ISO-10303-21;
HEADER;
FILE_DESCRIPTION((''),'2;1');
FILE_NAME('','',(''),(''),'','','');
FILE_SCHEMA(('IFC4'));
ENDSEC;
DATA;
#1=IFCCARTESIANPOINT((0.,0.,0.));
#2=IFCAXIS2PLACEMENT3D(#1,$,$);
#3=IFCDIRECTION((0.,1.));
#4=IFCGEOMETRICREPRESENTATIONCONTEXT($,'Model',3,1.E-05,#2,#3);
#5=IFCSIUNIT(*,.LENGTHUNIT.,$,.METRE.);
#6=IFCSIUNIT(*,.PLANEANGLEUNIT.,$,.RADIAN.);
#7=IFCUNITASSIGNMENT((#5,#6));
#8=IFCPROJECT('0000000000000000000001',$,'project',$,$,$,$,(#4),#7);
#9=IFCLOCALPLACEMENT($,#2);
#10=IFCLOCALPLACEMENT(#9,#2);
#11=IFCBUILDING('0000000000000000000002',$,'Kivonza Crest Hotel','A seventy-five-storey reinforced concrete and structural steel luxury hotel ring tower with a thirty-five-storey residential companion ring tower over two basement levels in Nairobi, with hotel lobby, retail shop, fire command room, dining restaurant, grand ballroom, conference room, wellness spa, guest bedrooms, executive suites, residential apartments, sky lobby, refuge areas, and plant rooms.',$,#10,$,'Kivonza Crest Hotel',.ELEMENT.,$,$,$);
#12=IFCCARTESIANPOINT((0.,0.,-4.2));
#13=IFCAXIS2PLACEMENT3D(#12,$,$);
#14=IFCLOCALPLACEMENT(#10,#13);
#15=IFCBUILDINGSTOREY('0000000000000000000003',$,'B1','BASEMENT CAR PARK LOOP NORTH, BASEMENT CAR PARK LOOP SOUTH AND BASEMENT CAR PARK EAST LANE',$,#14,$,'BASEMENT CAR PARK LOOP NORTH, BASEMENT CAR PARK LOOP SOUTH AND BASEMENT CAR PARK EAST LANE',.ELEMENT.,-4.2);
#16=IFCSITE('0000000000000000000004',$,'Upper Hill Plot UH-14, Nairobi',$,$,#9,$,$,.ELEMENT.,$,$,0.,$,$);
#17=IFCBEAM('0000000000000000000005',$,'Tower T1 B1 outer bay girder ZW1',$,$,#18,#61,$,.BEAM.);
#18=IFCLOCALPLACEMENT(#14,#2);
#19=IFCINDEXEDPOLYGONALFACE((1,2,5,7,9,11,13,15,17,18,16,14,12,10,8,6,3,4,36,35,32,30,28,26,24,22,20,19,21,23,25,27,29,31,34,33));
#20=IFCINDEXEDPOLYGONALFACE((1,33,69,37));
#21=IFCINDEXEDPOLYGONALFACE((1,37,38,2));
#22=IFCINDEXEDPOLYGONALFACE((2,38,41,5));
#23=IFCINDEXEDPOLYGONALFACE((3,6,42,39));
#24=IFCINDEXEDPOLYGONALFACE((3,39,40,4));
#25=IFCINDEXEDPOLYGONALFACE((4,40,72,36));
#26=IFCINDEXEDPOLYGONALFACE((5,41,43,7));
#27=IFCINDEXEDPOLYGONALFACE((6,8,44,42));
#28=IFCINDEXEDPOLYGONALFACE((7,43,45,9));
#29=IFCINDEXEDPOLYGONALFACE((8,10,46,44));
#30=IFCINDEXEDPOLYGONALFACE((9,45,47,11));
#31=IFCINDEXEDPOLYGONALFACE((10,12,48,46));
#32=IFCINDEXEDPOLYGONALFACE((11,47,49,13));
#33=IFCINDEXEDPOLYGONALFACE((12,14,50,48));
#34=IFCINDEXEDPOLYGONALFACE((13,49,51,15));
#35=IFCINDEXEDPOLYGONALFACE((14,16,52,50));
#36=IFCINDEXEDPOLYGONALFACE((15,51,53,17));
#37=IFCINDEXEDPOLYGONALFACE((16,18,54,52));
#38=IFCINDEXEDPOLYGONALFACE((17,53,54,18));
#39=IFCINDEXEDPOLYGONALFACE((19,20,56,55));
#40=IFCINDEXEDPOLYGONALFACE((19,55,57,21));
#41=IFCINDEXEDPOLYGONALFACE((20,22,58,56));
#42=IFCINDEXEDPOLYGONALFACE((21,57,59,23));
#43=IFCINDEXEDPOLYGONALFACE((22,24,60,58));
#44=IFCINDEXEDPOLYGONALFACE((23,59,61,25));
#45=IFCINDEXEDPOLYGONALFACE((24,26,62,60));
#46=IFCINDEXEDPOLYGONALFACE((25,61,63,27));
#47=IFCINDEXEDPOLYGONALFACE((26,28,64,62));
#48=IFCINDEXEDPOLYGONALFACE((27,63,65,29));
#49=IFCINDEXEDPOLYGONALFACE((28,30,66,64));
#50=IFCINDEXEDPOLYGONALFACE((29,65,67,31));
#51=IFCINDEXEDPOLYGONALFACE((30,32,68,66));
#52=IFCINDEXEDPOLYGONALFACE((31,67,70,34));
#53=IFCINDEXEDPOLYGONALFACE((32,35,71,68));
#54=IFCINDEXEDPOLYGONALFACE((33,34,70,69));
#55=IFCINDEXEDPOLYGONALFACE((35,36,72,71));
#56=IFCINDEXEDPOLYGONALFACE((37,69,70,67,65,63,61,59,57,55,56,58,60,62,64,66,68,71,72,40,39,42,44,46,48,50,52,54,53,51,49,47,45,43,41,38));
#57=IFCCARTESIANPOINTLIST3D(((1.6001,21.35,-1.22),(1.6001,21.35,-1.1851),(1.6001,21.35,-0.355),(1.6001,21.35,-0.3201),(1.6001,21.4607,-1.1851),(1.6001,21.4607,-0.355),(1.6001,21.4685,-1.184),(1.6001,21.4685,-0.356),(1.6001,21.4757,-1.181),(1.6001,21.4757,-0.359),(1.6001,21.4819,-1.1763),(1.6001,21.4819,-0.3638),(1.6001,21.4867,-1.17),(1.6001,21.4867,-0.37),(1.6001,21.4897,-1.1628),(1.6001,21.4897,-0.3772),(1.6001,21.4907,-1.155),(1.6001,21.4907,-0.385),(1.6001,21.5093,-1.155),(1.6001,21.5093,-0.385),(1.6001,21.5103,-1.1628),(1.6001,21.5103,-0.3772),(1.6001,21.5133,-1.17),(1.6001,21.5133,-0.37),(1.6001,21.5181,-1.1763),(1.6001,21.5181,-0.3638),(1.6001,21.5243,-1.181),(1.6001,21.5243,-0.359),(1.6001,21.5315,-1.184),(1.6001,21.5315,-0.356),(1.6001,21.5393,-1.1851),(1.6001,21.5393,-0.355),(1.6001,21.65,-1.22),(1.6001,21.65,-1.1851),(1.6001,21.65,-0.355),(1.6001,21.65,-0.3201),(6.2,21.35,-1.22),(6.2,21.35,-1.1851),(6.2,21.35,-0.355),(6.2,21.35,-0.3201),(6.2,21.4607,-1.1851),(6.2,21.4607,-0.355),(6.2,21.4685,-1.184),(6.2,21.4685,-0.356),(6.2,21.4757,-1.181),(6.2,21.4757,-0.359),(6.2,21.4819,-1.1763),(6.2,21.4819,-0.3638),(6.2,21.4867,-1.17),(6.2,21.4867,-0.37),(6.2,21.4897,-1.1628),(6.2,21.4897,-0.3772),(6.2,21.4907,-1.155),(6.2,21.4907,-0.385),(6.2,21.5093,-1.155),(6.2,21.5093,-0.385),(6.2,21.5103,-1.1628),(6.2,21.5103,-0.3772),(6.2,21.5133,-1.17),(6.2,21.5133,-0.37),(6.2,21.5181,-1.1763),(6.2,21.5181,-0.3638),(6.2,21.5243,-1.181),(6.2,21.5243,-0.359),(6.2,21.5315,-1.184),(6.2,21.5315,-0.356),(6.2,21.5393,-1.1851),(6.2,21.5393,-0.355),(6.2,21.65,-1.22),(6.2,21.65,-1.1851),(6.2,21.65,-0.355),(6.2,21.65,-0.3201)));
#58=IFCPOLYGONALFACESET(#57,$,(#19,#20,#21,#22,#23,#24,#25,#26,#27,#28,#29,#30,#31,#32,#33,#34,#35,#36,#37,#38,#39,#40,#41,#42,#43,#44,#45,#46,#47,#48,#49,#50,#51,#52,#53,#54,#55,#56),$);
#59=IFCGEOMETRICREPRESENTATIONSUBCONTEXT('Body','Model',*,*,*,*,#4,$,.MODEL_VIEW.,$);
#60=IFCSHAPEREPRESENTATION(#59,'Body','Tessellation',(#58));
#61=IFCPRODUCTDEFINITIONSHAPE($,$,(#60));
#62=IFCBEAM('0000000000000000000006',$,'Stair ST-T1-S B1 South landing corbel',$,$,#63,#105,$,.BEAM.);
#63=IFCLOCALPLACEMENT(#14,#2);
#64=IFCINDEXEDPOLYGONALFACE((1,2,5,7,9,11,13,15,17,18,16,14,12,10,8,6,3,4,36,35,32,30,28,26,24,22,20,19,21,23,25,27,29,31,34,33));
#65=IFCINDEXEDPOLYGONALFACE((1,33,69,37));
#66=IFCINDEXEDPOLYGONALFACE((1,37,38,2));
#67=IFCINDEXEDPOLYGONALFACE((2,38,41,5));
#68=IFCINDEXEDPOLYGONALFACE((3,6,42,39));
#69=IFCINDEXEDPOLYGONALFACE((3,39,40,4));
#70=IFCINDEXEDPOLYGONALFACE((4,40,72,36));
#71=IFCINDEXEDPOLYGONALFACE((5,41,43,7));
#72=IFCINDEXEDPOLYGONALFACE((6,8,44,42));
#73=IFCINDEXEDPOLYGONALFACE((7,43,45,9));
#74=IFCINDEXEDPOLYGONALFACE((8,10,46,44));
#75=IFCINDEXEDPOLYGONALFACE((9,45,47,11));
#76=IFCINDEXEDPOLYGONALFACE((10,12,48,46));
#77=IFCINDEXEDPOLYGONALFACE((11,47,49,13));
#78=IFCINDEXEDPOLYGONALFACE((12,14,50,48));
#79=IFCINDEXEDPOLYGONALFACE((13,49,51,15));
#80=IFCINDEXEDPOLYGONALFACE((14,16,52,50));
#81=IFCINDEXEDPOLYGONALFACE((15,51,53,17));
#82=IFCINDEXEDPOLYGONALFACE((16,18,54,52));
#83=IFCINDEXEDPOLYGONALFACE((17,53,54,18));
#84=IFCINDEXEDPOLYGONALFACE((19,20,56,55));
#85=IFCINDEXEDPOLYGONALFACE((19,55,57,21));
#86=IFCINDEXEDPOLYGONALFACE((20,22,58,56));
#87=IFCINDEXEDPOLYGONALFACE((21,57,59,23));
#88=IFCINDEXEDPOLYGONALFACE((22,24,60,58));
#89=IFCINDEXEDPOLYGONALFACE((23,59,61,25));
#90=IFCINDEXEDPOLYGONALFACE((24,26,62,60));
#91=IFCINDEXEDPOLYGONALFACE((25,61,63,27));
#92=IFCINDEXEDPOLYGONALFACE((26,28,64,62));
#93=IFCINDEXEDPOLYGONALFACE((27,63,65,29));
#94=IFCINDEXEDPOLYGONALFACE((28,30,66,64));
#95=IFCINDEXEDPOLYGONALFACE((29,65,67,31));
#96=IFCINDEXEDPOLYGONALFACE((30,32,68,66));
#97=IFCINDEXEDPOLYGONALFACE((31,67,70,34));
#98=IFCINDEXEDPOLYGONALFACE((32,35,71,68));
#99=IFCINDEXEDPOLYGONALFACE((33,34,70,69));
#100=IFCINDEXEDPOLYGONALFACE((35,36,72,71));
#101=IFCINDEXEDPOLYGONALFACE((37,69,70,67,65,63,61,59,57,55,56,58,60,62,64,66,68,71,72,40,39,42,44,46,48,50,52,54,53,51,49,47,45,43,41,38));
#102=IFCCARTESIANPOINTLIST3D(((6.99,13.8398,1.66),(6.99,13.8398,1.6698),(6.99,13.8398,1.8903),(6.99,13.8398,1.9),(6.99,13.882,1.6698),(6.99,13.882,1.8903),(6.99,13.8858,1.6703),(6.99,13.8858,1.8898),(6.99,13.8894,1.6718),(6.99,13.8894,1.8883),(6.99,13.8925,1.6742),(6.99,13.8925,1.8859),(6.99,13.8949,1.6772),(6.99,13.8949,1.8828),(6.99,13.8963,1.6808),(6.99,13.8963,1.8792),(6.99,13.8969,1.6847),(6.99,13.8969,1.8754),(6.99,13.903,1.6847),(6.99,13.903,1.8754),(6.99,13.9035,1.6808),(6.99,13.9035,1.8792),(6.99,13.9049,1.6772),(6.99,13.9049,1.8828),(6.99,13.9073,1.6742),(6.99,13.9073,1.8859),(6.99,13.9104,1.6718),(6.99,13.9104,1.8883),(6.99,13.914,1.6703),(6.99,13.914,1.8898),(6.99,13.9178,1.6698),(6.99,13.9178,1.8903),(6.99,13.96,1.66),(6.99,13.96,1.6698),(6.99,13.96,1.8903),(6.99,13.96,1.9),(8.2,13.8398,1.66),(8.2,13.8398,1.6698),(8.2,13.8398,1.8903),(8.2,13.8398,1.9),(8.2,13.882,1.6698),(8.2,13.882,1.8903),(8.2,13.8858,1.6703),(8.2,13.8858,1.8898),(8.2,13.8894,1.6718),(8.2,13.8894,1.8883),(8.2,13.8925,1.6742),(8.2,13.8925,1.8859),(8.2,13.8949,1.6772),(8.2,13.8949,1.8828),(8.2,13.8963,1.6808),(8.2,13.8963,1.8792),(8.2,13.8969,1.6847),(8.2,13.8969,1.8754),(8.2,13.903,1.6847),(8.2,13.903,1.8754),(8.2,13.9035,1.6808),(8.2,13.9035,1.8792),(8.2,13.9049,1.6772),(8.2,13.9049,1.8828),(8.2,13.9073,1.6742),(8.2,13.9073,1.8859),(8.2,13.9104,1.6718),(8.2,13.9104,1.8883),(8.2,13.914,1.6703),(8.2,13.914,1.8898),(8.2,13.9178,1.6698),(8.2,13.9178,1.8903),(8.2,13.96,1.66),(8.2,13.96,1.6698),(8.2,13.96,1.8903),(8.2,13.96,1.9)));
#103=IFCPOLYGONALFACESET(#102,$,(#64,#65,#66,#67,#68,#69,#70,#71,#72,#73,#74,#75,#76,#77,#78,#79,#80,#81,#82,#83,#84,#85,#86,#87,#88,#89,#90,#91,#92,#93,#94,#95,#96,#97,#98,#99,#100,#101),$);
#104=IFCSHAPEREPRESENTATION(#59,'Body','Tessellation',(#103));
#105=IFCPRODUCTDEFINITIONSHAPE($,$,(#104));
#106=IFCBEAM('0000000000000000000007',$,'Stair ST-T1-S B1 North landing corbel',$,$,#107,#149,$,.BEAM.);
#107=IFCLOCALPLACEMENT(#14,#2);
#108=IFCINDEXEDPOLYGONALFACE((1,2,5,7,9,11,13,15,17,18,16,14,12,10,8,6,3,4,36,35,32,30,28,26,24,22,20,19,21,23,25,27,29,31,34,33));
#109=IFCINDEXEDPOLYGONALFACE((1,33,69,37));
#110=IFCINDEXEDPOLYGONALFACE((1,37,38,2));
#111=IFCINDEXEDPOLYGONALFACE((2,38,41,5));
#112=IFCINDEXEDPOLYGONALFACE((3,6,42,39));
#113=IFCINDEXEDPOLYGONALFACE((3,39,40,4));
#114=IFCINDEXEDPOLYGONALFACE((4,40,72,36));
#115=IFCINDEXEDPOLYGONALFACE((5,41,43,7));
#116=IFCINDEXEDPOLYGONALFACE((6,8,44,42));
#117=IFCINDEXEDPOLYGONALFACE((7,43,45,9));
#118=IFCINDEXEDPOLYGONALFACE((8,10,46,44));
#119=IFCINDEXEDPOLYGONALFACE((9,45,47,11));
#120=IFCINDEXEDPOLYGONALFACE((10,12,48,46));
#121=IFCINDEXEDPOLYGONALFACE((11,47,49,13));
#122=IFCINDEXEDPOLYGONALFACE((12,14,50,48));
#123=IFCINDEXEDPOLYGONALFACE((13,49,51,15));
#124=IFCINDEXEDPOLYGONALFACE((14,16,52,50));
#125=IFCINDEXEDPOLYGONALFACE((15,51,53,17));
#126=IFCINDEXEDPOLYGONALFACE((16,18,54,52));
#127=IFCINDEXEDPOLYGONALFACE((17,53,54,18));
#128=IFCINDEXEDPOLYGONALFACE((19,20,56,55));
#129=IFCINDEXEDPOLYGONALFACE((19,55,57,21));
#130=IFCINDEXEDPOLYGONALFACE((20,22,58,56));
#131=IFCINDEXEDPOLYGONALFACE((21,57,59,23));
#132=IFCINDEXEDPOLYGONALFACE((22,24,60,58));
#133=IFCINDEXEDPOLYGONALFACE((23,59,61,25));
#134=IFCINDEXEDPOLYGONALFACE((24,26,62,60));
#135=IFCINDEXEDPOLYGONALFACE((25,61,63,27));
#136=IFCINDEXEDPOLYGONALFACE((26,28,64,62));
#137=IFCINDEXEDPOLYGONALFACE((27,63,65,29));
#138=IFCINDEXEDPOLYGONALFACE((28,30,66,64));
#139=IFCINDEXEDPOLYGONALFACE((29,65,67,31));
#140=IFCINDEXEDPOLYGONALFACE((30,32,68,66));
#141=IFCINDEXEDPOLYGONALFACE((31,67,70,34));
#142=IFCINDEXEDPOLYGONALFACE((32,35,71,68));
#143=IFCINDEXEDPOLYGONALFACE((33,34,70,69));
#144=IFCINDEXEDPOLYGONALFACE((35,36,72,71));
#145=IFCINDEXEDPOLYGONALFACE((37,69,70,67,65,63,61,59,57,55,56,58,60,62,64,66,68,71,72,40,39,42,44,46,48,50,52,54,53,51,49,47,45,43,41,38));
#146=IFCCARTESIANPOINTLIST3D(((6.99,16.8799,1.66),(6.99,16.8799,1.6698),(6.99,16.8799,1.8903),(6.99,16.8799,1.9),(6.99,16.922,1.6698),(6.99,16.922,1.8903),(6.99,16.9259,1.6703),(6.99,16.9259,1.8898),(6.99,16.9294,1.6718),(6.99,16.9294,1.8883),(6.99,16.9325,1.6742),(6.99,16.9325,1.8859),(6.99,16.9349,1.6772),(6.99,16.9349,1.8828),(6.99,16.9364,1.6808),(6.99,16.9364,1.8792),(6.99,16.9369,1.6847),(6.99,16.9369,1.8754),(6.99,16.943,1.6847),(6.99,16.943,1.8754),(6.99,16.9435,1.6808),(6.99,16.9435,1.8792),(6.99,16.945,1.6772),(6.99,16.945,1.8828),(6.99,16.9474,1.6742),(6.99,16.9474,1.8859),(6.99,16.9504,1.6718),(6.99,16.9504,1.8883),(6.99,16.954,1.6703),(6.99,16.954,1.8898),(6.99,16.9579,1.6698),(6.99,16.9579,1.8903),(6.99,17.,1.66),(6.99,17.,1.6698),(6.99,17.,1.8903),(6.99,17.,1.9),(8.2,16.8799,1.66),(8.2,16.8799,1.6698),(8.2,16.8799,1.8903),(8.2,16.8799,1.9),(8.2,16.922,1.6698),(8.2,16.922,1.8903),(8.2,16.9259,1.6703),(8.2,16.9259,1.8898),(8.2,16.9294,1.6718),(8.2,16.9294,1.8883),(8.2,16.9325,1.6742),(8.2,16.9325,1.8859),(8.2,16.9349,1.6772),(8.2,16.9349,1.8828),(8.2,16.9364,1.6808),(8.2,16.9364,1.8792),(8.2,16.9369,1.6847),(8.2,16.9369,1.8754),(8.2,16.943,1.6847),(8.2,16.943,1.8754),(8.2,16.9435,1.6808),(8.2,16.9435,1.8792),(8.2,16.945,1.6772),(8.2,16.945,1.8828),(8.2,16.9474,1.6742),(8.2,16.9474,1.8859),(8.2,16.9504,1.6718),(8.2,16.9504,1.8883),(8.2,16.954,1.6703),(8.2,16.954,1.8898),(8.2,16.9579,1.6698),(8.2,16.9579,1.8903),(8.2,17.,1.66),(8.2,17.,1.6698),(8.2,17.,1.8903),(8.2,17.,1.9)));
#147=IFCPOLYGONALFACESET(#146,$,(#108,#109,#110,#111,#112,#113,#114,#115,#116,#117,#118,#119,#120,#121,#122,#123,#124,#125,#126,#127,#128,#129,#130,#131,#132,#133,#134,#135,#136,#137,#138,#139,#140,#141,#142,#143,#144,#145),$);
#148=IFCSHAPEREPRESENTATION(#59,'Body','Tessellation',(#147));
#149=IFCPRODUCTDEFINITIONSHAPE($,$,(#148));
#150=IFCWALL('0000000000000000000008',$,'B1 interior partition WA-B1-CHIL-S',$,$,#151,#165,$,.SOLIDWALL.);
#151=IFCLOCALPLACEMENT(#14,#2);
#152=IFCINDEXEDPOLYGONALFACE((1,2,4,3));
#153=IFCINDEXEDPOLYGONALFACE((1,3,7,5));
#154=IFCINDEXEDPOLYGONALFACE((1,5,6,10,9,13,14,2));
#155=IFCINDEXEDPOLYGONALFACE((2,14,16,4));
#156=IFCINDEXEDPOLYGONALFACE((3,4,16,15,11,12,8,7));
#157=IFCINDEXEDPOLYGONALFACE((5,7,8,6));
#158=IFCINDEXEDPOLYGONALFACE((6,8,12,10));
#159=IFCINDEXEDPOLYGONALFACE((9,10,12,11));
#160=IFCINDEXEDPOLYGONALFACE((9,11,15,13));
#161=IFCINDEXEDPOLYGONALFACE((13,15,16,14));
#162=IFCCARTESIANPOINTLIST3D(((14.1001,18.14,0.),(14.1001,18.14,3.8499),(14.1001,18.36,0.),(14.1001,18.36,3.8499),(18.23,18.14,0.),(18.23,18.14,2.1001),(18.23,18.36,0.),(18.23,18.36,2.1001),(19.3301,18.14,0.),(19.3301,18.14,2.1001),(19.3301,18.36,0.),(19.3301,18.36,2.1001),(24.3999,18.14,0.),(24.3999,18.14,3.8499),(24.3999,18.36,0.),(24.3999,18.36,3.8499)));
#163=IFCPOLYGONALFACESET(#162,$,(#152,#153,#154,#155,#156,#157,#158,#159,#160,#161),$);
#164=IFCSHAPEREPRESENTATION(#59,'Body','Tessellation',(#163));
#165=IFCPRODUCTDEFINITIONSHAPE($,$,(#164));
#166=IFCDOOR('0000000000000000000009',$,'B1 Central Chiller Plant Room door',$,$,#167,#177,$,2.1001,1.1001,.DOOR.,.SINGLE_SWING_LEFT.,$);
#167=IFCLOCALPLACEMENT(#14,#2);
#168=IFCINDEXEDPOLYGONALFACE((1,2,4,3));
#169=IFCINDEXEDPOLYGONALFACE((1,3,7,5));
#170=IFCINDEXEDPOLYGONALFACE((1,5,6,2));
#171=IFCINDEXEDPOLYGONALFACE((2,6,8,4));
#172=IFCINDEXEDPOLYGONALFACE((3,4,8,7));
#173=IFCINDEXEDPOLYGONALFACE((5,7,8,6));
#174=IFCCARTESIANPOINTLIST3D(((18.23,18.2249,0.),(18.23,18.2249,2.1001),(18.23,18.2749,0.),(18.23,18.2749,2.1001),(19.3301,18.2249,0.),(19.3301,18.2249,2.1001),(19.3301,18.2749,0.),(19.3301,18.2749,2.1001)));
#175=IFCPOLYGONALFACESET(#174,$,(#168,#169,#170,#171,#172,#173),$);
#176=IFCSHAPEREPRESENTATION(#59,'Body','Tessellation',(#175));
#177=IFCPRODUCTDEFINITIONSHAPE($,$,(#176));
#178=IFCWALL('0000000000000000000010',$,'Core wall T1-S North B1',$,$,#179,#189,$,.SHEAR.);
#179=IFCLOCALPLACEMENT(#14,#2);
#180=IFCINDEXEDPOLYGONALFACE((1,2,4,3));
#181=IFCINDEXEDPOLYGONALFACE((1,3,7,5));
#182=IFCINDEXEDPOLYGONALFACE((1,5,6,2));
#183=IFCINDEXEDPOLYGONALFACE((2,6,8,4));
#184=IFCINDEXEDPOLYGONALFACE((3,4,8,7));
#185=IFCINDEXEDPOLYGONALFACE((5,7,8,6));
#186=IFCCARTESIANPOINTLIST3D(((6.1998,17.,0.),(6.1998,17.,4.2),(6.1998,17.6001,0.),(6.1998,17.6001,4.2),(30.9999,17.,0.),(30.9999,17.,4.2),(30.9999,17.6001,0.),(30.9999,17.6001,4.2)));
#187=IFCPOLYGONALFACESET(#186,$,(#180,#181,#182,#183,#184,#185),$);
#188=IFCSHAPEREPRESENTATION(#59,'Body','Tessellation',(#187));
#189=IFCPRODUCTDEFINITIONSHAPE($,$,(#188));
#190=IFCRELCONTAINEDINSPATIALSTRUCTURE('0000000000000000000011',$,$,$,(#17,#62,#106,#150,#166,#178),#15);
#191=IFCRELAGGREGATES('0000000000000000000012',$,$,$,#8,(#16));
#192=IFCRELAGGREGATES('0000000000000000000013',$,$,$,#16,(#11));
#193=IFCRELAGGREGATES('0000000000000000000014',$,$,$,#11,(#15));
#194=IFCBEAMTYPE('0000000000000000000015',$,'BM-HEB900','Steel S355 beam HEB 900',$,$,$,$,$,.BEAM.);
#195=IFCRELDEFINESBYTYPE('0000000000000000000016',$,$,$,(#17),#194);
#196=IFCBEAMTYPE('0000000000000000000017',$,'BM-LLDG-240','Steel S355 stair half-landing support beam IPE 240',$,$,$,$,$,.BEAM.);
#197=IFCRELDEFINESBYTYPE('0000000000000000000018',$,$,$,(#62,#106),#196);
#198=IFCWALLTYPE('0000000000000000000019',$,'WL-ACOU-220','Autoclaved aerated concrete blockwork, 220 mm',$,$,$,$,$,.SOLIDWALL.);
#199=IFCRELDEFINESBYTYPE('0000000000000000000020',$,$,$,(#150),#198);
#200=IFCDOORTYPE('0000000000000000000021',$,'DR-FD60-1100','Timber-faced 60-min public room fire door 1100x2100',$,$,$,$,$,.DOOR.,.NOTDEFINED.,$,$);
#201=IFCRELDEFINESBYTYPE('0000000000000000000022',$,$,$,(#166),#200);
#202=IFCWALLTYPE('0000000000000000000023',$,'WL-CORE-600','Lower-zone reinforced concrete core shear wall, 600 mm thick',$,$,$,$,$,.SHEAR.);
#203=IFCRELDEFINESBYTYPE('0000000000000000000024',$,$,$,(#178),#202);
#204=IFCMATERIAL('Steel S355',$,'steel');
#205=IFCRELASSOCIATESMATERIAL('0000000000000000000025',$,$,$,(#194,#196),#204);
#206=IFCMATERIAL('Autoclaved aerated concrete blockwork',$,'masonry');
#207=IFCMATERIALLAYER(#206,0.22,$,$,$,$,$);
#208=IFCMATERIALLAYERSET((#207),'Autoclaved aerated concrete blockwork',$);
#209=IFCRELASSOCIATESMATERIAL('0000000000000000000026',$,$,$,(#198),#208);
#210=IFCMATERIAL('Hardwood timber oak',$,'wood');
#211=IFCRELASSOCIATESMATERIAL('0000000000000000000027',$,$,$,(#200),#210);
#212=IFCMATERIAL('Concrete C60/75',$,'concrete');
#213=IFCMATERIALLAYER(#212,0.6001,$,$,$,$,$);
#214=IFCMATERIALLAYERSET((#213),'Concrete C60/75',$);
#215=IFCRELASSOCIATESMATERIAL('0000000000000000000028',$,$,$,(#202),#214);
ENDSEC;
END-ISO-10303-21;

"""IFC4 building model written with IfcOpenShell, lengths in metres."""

from ifc_helpers import new_model, si_unit, direction, frame, frame_2d, origin, origin_2d, place, context, subcontext, project, spatial, rectangle, i_section, extrude, material, layer, layer_set, material_profile, profile_set, type_object, element, fill, save


model = new_model("IFC4")

# Units and contexts
model_context = context("Model", 3, precision=1e-05, world=origin(), true_north=direction((0.0, 1.0)))
body_context = subcontext(model_context, "Body", "Model", "MODEL_VIEW")
ifc_project = project(units=[si_unit("LENGTHUNIT", "METRE"), si_unit("PLANEANGLEUNIT", "RADIAN")], contexts=[model_context])

# Site, building, storey
site_placement = place(None, origin())
site = spatial("IfcSite", under=ifc_project, at=site_placement, Name="Upper Hill Plot UH-14, Nairobi", CompositionType="ELEMENT", RefElevation=0.0)
building_placement = place(site_placement, origin())
building = spatial("IfcBuilding", under=site, at=building_placement, Name="Kivonza Crest Hotel", Description="A seventy-five-storey reinforced concrete and structural steel luxury hotel ring tower with a thirty-five-storey residential companion ring tower over two basement levels in Nairobi, with hotel lobby, retail shop, fire command room, dining restaurant, grand ballroom, conference room, wellness spa, guest bedrooms, executive suites, residential apartments, sky lobby, refuge areas, and plant rooms.", LongName="Kivonza Crest Hotel", CompositionType="ELEMENT")
storey_placement = place(building_placement, frame((0.0, 0.0, -4.2)))
storey = spatial("IfcBuildingStorey", under=building, at=storey_placement, Name="B1", Description="BASEMENT CAR PARK LOOP NORTH, BASEMENT CAR PARK LOOP SOUTH AND BASEMENT CAR PARK EAST LANE", LongName="BASEMENT CAR PARK LOOP NORTH, BASEMENT CAR PARK LOOP SOUTH AND BASEMENT CAR PARK EAST LANE", CompositionType="ELEMENT", Elevation=-4.2)

# Shared definitions
ifc_material_1 = material(Name="Concrete C60/75", Category="concrete")

# Beams
ifc_material_2 = material(Name="Steel S355", Category="steel")
ifc_material_profile_1 = material_profile(ifc_material_2, i_section(OverallWidth=0.3, OverallDepth=0.8999, WebThickness=0.0186, FlangeThickness=0.0349, FilletRadius=0.03, at=origin_2d()), Name="HEB 900")
ifc_profile_set_1 = profile_set([ifc_material_profile_1], Name="Steel S355")
beam_type_1 = type_object("IfcBeamType", Name="BM-HEB900", Description="Steel S355 beam HEB 900", PredefinedType="BEAM", material=ifc_profile_set_1)
beam_1_placement = place(storey_placement, frame((1.6001, 21.5, -0.77), z_axis=(1.0, 0.0, 0.0), x_axis=(0.0, 1.0, 0.0)))
element("IfcBeam", 1, at=beam_1_placement, inside=storey, type_object=beam_type_1, Name="Tower T1 B1 outer bay girder ZW1", PredefinedType="BEAM", context=body_context, shape_type="SweptSolid", body=[
    extrude(i_section(OverallWidth=0.3, OverallDepth=0.8999, WebThickness=0.0186, FlangeThickness=0.0349, FilletRadius=0.03, at=origin_2d()), origin(), (0.0, 0.0, 1.0), 4.5999),
])
ifc_material_profile_2 = material_profile(ifc_material_2, i_section(OverallWidth=0.1201, OverallDepth=0.24, WebThickness=0.0061, FlangeThickness=0.0098, FilletRadius=0.0149, at=origin_2d()), Name="IPE 240")
ifc_profile_set_2 = profile_set([ifc_material_profile_2], Name="Steel S355")
beam_type_2 = type_object("IfcBeamType", Name="BM-LLDG-240", Description="Steel S355 stair half-landing support beam IPE 240", PredefinedType="BEAM", material=ifc_profile_set_2)
for number, where, z_axis, x_axis, name in (
    (2, (6.99, 13.8999, 1.78), (1.0, 0.0, 0.0), (0.0, 1.0, 0.0), "Stair ST-T1-S B1 South landing corbel"),
    (3, (6.99, 16.9399, 1.78), (1.0, 0.0, 0.0), (0.0, 1.0, 0.0), "Stair ST-T1-S B1 North landing corbel"),
):
    element("IfcBeam", number, at=place(storey_placement, frame(where, z_axis=z_axis, x_axis=x_axis)), inside=storey, type_object=beam_type_2, Name=name, PredefinedType="BEAM", context=body_context, shape_type="SweptSolid", body=[
        extrude(i_section(OverallWidth=0.1201, OverallDepth=0.24, WebThickness=0.0061, FlangeThickness=0.0098, FilletRadius=0.0149, at=origin_2d()), origin(), (0.0, 0.0, 1.0), 1.21),
    ])

# Wall, opening, door
ifc_material_3 = material(Name="Autoclaved aerated concrete blockwork", Category="masonry")
ifc_layer_1 = layer(ifc_material_3, 0.22)
ifc_layer_set_1 = layer_set([ifc_layer_1], Name="Autoclaved aerated concrete blockwork")
wall_type_1 = type_object("IfcWallType", Name="WL-ACOU-220", Description="Autoclaved aerated concrete blockwork, 220 mm", PredefinedType="SOLIDWALL", material=ifc_layer_set_1)
wall_1_placement = place(storey_placement, frame((14.1001, 18.25, 0.0), z_axis=(0.0, 0.0, 1.0), x_axis=(1.0, 0.0, 0.0)))
wall_1 = element("IfcWall", 4, at=wall_1_placement, inside=storey, type_object=wall_type_1, Name="B1 interior partition WA-B1-CHIL-S", PredefinedType="SOLIDWALL", context=body_context, shape_type="SweptSolid", body=[
    extrude(rectangle(XDim=10.2998, YDim=0.22, at=frame_2d((5.1499, 0.0))), origin(), (0.0, 0.0, 1.0), 3.8499),
])
opening_1_placement = place(wall_1_placement, frame((4.1299, 0.0, 0.0)))
opening_1 = element("IfcOpeningElement", 5, at=opening_1_placement, cuts=wall_1, PredefinedType="OPENING", context=body_context, shape_type="SweptSolid", body=[
    extrude(rectangle(XDim=1.1001, YDim=2.1001, at=frame_2d((0.55, 1.05))), frame((0.0, 0.1201, 0.0), z_axis=(0.0, -1.0, 0.0), x_axis=(1.0, 0.0, 0.0)), (0.0, 0.0, 1.0), 0.24),
])
ifc_material_4 = material(Name="Hardwood timber oak", Category="wood")
door_type_1 = type_object("IfcDoorType", Name="DR-FD60-1100", Description="Timber-faced 60-min public room fire door 1100x2100", OperationType="NOTDEFINED", PredefinedType="DOOR", material=ifc_material_4)
door_1_placement = place(opening_1_placement, origin())
door_1 = element("IfcDoor", 6, at=door_1_placement, inside=storey, type_object=door_type_1, Name="B1 Central Chiller Plant Room door", OperationType="SINGLE_SWING_LEFT", OverallHeight=2.1001, OverallWidth=1.1001, PredefinedType="DOOR", context=body_context, shape_type="SweptSolid", body=[
    extrude(rectangle(XDim=1.1001, YDim=2.1001, at=frame_2d((0.55, 1.05))), frame((0.0, 0.0249, 0.0), z_axis=(0.0, -1.0, 0.0), x_axis=(1.0, 0.0, 0.0)), (0.0, 0.0, 1.0), 0.05),
])
fill(opening_1, door_1)

# Wall
ifc_layer_2 = layer(ifc_material_1, 0.6001)
ifc_layer_set_2 = layer_set([ifc_layer_2], Name="Concrete C60/75")
wall_type_2 = type_object("IfcWallType", Name="WL-CORE-600", Description="Lower-zone reinforced concrete core shear wall, 600 mm thick", PredefinedType="SHEAR", material=ifc_layer_set_2)
wall_2_placement = place(storey_placement, frame((6.2, 17.3, 0.0), z_axis=(0.0, 0.0, 1.0), x_axis=(1.0, 0.0, 0.0)))
element("IfcWall", 7, at=wall_2_placement, inside=storey, type_object=wall_type_2, Name="Core wall T1-S North B1", PredefinedType="SHEAR", context=body_context, shape_type="SweptSolid", body=[
    extrude(rectangle(XDim=24.8, YDim=0.6001, at=frame_2d((12.3999, 0.0))), origin(), (0.0, 0.0, 1.0), 4.2),
])

save(model, "model.ifc")
